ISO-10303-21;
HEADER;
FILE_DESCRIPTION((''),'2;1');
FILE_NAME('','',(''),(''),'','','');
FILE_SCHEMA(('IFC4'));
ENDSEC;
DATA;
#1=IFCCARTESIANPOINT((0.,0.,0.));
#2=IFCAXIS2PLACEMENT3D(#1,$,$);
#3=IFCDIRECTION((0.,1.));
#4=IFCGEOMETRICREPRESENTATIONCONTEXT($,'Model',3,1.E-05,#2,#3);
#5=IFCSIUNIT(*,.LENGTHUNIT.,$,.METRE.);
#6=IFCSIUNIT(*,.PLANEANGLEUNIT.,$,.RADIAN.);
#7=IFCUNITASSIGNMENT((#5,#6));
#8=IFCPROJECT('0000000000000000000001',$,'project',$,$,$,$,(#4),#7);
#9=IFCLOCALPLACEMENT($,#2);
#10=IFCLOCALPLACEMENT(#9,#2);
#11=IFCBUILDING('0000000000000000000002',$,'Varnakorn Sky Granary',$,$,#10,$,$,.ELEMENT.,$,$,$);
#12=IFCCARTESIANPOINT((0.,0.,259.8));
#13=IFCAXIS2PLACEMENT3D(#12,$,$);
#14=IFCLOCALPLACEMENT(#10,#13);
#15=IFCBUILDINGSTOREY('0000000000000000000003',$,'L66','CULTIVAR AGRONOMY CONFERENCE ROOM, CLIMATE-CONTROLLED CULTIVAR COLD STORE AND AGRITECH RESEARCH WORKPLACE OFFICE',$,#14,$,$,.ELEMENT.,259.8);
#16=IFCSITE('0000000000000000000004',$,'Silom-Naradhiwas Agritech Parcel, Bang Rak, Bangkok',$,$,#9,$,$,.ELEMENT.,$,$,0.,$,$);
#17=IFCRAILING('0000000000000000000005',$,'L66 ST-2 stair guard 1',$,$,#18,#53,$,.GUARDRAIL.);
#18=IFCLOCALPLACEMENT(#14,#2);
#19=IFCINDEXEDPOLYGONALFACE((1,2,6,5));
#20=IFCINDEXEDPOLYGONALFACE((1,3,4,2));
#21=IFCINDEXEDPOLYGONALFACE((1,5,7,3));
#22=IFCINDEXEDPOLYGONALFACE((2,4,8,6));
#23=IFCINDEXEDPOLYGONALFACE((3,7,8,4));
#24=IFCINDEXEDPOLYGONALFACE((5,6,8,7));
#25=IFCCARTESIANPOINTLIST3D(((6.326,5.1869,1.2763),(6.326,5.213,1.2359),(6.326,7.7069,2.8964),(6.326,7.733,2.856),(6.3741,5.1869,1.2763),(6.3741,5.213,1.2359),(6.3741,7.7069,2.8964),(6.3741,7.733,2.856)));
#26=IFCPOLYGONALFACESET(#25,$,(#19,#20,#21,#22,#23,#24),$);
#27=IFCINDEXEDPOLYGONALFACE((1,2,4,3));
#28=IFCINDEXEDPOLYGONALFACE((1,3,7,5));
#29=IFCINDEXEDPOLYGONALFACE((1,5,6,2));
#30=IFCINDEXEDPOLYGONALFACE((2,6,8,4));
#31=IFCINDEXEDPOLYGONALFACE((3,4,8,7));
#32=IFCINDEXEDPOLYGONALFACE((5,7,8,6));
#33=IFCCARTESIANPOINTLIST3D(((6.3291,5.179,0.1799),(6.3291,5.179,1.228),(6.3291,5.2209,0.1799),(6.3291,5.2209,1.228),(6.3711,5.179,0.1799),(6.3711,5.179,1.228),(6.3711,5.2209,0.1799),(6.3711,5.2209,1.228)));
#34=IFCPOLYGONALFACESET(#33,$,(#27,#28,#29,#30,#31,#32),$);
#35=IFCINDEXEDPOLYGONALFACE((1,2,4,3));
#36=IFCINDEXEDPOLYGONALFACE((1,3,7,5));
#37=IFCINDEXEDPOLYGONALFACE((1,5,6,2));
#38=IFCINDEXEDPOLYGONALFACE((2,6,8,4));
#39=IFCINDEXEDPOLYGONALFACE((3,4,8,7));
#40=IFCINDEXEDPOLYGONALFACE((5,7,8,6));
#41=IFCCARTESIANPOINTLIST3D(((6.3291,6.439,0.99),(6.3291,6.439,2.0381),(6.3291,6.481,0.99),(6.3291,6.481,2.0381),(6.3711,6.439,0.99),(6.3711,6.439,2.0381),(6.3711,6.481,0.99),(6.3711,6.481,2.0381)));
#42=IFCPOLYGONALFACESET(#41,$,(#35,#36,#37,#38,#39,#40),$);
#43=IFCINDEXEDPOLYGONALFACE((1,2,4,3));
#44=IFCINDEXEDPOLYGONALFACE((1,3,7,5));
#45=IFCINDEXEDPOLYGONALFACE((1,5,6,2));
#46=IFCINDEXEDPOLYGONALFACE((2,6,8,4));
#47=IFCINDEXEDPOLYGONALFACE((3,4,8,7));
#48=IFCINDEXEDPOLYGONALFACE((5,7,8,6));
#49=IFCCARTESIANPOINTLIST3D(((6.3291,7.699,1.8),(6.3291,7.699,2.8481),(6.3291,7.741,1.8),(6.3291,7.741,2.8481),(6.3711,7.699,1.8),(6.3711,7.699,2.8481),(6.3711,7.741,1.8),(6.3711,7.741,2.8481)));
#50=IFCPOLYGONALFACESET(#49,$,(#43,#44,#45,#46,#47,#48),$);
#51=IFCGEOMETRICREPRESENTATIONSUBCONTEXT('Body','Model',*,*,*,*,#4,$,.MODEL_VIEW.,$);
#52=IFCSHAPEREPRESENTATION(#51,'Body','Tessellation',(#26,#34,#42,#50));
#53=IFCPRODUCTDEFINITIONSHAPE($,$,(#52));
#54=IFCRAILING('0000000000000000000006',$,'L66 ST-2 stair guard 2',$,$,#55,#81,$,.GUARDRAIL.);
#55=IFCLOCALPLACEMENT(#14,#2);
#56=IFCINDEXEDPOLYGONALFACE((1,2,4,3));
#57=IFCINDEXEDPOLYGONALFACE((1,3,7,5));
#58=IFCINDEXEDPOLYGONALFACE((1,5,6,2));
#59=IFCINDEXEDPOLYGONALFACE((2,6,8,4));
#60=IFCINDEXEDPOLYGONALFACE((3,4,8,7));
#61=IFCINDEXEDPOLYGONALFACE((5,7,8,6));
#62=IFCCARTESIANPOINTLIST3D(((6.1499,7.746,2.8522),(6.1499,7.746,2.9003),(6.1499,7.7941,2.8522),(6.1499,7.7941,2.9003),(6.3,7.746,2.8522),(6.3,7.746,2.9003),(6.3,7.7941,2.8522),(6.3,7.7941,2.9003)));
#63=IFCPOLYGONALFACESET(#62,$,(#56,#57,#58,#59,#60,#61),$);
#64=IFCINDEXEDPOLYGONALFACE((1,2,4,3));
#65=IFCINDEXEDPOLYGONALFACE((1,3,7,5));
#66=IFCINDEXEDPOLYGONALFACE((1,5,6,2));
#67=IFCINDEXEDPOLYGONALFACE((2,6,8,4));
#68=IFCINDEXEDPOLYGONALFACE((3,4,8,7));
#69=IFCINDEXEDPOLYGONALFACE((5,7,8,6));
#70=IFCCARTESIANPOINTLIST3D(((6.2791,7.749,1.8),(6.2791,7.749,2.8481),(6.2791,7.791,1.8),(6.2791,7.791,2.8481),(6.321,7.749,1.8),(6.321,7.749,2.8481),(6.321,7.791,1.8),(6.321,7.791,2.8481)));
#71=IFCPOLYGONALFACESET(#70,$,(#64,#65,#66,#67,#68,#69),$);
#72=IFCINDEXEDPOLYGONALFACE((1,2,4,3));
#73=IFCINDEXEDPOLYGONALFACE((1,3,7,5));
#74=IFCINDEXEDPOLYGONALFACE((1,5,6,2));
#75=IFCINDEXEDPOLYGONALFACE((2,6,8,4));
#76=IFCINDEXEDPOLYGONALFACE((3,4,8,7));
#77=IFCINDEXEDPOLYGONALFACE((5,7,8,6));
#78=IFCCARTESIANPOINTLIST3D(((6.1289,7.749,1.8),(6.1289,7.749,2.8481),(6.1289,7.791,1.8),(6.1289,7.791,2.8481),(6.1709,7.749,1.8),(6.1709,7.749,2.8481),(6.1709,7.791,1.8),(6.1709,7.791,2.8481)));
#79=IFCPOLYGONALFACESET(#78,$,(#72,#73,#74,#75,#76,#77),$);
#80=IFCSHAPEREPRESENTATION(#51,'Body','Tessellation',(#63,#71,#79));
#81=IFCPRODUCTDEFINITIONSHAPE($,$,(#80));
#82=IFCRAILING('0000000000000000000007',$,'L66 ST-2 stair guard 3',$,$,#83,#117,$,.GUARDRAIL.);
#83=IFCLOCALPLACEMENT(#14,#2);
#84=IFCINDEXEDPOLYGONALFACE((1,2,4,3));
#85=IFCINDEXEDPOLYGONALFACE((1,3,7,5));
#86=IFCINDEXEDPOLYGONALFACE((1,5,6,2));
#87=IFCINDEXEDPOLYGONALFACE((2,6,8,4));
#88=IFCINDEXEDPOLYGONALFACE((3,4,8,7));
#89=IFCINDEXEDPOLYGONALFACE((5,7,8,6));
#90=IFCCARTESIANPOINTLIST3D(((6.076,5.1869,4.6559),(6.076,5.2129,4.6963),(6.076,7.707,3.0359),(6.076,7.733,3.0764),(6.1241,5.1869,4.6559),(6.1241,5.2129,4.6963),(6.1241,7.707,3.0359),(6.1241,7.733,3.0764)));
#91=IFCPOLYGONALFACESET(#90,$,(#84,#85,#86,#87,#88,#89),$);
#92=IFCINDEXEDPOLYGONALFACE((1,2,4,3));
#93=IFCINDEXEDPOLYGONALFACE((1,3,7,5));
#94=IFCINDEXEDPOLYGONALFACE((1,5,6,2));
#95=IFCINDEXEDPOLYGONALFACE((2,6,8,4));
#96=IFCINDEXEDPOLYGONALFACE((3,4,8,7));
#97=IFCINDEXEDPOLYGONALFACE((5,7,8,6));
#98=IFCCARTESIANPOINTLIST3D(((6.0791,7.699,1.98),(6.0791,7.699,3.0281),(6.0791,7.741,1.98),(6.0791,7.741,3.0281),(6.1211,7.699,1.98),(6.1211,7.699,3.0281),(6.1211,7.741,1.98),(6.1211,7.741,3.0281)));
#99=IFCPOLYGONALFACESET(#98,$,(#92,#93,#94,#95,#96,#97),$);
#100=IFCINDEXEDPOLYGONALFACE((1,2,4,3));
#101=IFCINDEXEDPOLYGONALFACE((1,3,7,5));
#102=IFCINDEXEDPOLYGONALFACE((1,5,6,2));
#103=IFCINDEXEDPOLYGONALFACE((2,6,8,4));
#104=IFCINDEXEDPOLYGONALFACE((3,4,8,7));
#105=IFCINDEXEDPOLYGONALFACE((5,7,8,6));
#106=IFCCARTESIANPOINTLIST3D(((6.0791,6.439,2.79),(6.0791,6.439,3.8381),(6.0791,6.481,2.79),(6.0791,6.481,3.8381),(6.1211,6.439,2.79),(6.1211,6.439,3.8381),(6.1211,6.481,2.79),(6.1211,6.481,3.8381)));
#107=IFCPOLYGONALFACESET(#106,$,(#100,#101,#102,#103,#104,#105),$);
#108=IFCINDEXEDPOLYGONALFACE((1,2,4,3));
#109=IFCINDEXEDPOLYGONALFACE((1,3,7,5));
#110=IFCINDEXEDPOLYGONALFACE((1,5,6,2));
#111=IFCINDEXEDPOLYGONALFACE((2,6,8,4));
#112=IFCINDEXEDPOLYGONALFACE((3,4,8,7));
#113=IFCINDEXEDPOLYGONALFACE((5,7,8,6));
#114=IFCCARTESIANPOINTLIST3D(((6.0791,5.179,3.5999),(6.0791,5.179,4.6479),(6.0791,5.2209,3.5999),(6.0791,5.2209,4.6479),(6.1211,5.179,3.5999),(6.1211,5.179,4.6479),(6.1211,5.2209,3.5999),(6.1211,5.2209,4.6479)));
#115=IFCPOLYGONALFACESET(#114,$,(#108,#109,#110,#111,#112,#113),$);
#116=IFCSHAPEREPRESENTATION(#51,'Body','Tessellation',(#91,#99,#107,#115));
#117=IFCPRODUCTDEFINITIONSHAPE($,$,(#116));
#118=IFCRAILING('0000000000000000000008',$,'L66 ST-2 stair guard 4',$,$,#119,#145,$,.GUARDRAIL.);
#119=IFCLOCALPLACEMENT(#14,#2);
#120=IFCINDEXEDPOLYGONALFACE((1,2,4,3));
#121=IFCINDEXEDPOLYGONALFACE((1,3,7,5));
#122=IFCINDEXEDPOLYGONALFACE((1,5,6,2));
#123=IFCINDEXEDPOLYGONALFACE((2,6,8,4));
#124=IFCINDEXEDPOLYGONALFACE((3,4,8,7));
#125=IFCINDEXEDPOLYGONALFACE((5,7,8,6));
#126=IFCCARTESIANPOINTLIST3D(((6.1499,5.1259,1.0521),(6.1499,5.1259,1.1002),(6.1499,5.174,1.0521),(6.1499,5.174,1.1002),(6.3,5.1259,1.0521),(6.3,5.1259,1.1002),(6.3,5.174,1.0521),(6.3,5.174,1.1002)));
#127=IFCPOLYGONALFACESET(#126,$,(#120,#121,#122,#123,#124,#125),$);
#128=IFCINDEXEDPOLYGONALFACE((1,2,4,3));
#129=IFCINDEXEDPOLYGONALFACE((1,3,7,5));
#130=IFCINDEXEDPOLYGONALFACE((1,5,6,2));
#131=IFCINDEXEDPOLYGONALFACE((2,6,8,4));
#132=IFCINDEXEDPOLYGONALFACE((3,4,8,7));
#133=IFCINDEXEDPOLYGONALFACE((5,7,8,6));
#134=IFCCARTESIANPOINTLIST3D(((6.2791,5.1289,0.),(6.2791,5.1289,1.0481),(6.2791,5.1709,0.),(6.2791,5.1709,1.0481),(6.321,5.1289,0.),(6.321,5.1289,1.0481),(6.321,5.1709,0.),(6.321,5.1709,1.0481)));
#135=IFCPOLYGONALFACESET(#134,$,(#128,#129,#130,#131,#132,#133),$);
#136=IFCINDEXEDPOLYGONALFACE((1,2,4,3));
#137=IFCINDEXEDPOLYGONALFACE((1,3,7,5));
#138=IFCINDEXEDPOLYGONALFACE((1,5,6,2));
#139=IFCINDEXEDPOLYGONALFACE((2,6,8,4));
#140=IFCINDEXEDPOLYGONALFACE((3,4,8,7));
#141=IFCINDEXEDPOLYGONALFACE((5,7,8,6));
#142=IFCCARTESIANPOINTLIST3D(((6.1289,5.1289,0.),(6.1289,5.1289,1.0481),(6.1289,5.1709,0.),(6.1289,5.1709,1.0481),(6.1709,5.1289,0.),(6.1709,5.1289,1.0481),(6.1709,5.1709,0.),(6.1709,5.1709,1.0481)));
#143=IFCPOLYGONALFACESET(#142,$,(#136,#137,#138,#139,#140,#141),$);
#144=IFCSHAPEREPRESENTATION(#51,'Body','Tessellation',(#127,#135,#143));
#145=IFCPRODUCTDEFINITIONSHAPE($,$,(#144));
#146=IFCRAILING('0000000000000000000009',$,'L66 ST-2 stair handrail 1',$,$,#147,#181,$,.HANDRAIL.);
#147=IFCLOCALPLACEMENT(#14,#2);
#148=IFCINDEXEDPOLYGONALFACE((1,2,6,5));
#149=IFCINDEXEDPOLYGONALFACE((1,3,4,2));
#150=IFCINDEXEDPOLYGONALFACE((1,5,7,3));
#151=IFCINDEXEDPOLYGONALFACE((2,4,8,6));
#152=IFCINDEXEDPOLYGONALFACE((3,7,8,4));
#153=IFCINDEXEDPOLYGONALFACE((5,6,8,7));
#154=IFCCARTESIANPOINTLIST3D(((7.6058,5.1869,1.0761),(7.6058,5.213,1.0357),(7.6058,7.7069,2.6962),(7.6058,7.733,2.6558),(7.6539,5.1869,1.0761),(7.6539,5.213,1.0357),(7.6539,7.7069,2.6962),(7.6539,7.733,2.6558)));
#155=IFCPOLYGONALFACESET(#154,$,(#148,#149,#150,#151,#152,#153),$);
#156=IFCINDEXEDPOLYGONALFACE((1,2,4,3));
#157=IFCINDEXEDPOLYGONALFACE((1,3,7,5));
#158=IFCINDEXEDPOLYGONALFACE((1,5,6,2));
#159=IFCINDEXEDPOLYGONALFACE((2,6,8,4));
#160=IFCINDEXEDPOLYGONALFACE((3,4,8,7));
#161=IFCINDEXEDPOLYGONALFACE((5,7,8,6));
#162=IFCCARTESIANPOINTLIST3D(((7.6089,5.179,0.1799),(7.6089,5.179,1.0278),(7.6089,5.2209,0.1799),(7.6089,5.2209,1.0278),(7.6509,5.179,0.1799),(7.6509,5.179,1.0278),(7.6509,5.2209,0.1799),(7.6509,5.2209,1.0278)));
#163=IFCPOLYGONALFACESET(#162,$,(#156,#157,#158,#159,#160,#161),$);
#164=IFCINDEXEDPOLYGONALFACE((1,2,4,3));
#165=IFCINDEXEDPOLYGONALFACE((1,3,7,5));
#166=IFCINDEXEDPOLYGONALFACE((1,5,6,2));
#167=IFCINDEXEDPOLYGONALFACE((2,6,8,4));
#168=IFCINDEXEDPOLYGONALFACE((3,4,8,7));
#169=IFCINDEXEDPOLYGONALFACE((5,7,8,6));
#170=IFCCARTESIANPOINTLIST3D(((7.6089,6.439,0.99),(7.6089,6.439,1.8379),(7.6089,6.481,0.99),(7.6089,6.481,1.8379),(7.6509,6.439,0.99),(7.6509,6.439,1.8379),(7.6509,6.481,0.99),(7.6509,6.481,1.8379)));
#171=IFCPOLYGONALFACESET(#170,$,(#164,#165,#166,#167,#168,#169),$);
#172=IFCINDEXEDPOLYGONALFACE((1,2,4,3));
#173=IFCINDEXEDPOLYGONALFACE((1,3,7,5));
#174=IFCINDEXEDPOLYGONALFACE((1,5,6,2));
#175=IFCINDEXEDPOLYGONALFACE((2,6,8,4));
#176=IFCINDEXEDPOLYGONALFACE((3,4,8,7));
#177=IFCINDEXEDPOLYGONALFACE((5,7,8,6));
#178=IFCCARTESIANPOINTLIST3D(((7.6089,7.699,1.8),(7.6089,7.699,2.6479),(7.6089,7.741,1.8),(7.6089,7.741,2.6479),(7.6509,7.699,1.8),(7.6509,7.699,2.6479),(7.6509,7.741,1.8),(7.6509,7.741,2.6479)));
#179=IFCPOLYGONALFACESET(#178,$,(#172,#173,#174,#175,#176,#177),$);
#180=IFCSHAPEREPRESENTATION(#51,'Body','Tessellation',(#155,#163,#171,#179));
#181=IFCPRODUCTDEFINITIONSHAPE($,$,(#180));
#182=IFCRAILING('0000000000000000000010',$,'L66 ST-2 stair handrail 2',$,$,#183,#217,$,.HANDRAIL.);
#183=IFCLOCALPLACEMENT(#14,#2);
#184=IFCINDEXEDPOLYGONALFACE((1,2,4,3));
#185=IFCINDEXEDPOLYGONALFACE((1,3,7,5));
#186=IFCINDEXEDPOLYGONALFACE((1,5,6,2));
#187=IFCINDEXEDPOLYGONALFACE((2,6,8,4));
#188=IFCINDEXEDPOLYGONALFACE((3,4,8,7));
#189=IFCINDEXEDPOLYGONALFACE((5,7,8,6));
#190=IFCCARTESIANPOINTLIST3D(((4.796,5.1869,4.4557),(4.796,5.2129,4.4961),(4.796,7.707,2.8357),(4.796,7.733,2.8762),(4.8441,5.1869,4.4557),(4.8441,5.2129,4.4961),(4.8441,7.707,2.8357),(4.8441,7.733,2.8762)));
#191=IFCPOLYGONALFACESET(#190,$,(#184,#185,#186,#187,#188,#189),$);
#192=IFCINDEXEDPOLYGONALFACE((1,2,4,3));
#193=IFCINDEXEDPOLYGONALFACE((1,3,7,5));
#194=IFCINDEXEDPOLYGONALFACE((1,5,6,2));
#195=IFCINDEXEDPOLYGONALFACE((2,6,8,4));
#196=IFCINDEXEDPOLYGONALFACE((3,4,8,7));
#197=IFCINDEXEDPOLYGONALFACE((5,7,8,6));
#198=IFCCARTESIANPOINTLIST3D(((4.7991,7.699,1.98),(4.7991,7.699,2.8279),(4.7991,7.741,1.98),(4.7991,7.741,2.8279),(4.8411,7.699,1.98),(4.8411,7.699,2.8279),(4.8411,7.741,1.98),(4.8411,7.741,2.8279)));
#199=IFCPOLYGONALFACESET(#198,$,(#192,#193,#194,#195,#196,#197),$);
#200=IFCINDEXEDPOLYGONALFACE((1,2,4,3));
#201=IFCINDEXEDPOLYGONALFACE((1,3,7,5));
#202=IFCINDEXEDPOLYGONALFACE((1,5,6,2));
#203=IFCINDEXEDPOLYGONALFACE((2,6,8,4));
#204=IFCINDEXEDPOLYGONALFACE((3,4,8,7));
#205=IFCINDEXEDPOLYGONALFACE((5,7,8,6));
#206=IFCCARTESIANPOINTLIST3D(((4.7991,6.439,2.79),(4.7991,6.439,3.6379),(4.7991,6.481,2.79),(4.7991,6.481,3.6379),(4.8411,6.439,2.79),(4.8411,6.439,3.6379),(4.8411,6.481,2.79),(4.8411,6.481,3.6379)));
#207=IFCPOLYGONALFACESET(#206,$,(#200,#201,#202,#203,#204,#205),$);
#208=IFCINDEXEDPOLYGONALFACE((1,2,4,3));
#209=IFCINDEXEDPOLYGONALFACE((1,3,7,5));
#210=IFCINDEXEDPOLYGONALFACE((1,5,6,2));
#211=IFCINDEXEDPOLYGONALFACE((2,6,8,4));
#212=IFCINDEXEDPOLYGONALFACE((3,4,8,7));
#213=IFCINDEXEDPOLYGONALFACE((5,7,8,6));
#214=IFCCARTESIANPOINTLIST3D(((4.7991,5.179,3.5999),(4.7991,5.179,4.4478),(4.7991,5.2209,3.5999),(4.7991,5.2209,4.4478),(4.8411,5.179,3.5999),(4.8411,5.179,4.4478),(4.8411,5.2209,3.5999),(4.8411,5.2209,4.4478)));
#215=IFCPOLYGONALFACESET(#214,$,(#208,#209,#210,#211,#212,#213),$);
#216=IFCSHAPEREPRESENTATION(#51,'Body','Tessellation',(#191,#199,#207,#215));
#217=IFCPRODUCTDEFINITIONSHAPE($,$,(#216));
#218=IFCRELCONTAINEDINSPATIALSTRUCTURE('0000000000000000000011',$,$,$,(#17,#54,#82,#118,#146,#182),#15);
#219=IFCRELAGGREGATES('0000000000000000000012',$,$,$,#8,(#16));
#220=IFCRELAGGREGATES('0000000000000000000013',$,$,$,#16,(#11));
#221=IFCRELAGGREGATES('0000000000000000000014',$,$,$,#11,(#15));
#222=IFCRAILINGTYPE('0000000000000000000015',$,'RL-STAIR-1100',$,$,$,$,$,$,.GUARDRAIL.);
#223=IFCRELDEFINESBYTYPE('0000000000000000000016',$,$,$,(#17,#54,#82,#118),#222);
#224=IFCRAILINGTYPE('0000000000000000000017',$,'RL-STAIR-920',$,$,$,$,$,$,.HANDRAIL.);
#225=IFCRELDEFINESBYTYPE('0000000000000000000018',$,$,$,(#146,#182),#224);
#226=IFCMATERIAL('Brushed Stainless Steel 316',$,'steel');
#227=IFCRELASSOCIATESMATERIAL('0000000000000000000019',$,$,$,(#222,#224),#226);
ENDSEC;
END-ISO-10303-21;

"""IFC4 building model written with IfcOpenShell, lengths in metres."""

from ifc_helpers import new_model, si_unit, direction, frame, origin, origin_2d, place, context, subcontext, project, spatial, rectangle, extrude, material, type_object, element, save


model = new_model("IFC4")

# Units and contexts
model_context = context("Model", 3, precision=1e-05, world=origin(), true_north=direction((0.0, 1.0)))
body_context = subcontext(model_context, "Body", "Model", "MODEL_VIEW")
ifc_project = project(units=[si_unit("LENGTHUNIT", "METRE"), si_unit("PLANEANGLEUNIT", "RADIAN")], contexts=[model_context])

# Site, building, storey
site_placement = place(None, origin())
site = spatial("IfcSite", under=ifc_project, at=site_placement, Name="Silom-Naradhiwas Agritech Parcel, Bang Rak, Bangkok", CompositionType="ELEMENT", RefElevation=0.0)
building_placement = place(site_placement, origin())
building = spatial("IfcBuilding", under=site, at=building_placement, Name="Varnakorn Sky Granary", CompositionType="ELEMENT")
storey_placement = place(building_placement, frame((0.0, 0.0, 259.8)))
storey = spatial("IfcBuildingStorey", under=building, at=storey_placement, Name="L66", Description="CULTIVAR AGRONOMY CONFERENCE ROOM, CLIMATE-CONTROLLED CULTIVAR COLD STORE AND AGRITECH RESEARCH WORKPLACE OFFICE", CompositionType="ELEMENT", Elevation=259.8)

# Railings
ifc_material_1 = material(Name="Brushed Stainless Steel 316", Category="steel")
railing_type_1 = type_object("IfcRailingType", Name="RL-STAIR-1100", PredefinedType="GUARDRAIL", material=ifc_material_1)
railing_1_placement = place(storey_placement, frame((6.3501, 5.2, 0.1799)))
element("IfcRailing", 1, at=railing_1_placement, inside=storey, type_object=railing_type_1, Name="L66 ST-2 stair guard 1", PredefinedType="GUARDRAIL", context=body_context, shape_type="SweptSolid", body=[
    extrude(rectangle(XDim=0.0481, YDim=0.0481, at=origin_2d()), frame((0.0, 0.0, 1.0762), z_axis=(0.0, 0.841163, 0.540782), x_axis=(-1.0, 0.0, 0.0)), (0.0, 0.0, 1.0), 2.9958),
    extrude(rectangle(XDim=0.042, YDim=0.042, at=origin_2d()), origin(), (0.0, 0.0, 1.0), 1.0481),
    extrude(rectangle(XDim=0.042, YDim=0.042, at=origin_2d()), frame((0.0, 1.26, 0.8101)), (0.0, 0.0, 1.0), 1.0481),
    extrude(rectangle(XDim=0.042, YDim=0.042, at=origin_2d()), frame((0.0, 2.52, 1.6201)), (0.0, 0.0, 1.0), 1.0481),
])
railing_2_placement = place(storey_placement, frame((6.3, 7.77, 1.8)))
element("IfcRailing", 2, at=railing_2_placement, inside=storey, type_object=railing_type_1, Name="L66 ST-2 stair guard 2", PredefinedType="GUARDRAIL", context=body_context, shape_type="SweptSolid", body=[
    extrude(rectangle(XDim=0.0481, YDim=0.0481, at=origin_2d()), frame((0.0, 0.0, 1.0762), z_axis=(-1.0, 0.0, 0.0), x_axis=(0.0, -1.0, 0.0)), (0.0, 0.0, 1.0), 0.1501),
    extrude(rectangle(XDim=0.042, YDim=0.042, at=origin_2d()), origin(), (0.0, 0.0, 1.0), 1.0481),
    extrude(rectangle(XDim=0.042, YDim=0.042, at=origin_2d()), frame((-0.1501, 0.0, 0.0)), (0.0, 0.0, 1.0), 1.0481),
])
railing_3_placement = place(storey_placement, frame((6.1001, 7.72, 1.98)))
element("IfcRailing", 3, at=railing_3_placement, inside=storey, type_object=railing_type_1, Name="L66 ST-2 stair guard 3", PredefinedType="GUARDRAIL", context=body_context, shape_type="SweptSolid", body=[
    extrude(rectangle(XDim=0.0481, YDim=0.0481, at=origin_2d()), frame((0.0, 0.0, 1.0762), z_axis=(0.0, -0.8412, 0.540725), x_axis=(1.0, 0.0, 0.0)), (0.0, 0.0, 1.0), 2.9958),
    extrude(rectangle(XDim=0.042, YDim=0.042, at=origin_2d()), origin(), (0.0, 0.0, 1.0), 1.0481),
    extrude(rectangle(XDim=0.042, YDim=0.042, at=origin_2d()), frame((0.0, -1.26, 0.8101)), (0.0, 0.0, 1.0), 1.0481),
    extrude(rectangle(XDim=0.042, YDim=0.042, at=origin_2d()), frame((0.0, -2.52, 1.6199)), (0.0, 0.0, 1.0), 1.0481),
])
railing_4_placement = place(storey_placement, frame((6.3, 5.1499, 0.0)))
element("IfcRailing", 4, at=railing_4_placement, inside=storey, type_object=railing_type_1, Name="L66 ST-2 stair guard 4", PredefinedType="GUARDRAIL", context=body_context, shape_type="SweptSolid", body=[
    extrude(rectangle(XDim=0.0481, YDim=0.0481, at=origin_2d()), frame((0.0, 0.0, 1.0762), z_axis=(-1.0, 0.0, 0.0), x_axis=(0.0, -1.0, 0.0)), (0.0, 0.0, 1.0), 0.1501),
    extrude(rectangle(XDim=0.042, YDim=0.042, at=origin_2d()), origin(), (0.0, 0.0, 1.0), 1.0481),
    extrude(rectangle(XDim=0.042, YDim=0.042, at=origin_2d()), frame((-0.1501, 0.0, 0.0)), (0.0, 0.0, 1.0), 1.0481),
])
railing_type_2 = type_object("IfcRailingType", Name="RL-STAIR-920", PredefinedType="HANDRAIL", material=ifc_material_1)
railing_5_placement = place(storey_placement, frame((7.6299, 5.2, 0.1799)))
element("IfcRailing", 5, at=railing_5_placement, inside=storey, type_object=railing_type_2, Name="L66 ST-2 stair handrail 1", PredefinedType="HANDRAIL", context=body_context, shape_type="SweptSolid", body=[
    extrude(rectangle(XDim=0.0481, YDim=0.0481, at=origin_2d()), frame((0.0, 0.0, 0.876), z_axis=(0.0, 0.841163, 0.540782), x_axis=(-1.0, 0.0, 0.0)), (0.0, 0.0, 1.0), 2.9958),
    extrude(rectangle(XDim=0.042, YDim=0.042, at=origin_2d()), origin(), (0.0, 0.0, 1.0), 0.8479),
    extrude(rectangle(XDim=0.042, YDim=0.042, at=origin_2d()), frame((0.0, 1.26, 0.8101)), (0.0, 0.0, 1.0), 0.8479),
    extrude(rectangle(XDim=0.042, YDim=0.042, at=origin_2d()), frame((0.0, 2.52, 1.6201)), (0.0, 0.0, 1.0), 0.8479),
])
railing_6_placement = place(storey_placement, frame((4.8201, 7.72, 1.98)))
element("IfcRailing", 6, at=railing_6_placement, inside=storey, type_object=railing_type_2, Name="L66 ST-2 stair handrail 2", PredefinedType="HANDRAIL", context=body_context, shape_type="SweptSolid", body=[
    extrude(rectangle(XDim=0.0481, YDim=0.0481, at=origin_2d()), frame((0.0, 0.0, 0.876), z_axis=(0.0, -0.8412, 0.540725), x_axis=(1.0, 0.0, 0.0)), (0.0, 0.0, 1.0), 2.9958),
    extrude(rectangle(XDim=0.042, YDim=0.042, at=origin_2d()), origin(), (0.0, 0.0, 1.0), 0.8479),
    extrude(rectangle(XDim=0.042, YDim=0.042, at=origin_2d()), frame((0.0, -1.26, 0.8101)), (0.0, 0.0, 1.0), 0.8479),
    extrude(rectangle(XDim=0.042, YDim=0.042, at=origin_2d()), frame((0.0, -2.52, 1.6199)), (0.0, 0.0, 1.0), 0.8479),
])

save(model, "model.ifc")
